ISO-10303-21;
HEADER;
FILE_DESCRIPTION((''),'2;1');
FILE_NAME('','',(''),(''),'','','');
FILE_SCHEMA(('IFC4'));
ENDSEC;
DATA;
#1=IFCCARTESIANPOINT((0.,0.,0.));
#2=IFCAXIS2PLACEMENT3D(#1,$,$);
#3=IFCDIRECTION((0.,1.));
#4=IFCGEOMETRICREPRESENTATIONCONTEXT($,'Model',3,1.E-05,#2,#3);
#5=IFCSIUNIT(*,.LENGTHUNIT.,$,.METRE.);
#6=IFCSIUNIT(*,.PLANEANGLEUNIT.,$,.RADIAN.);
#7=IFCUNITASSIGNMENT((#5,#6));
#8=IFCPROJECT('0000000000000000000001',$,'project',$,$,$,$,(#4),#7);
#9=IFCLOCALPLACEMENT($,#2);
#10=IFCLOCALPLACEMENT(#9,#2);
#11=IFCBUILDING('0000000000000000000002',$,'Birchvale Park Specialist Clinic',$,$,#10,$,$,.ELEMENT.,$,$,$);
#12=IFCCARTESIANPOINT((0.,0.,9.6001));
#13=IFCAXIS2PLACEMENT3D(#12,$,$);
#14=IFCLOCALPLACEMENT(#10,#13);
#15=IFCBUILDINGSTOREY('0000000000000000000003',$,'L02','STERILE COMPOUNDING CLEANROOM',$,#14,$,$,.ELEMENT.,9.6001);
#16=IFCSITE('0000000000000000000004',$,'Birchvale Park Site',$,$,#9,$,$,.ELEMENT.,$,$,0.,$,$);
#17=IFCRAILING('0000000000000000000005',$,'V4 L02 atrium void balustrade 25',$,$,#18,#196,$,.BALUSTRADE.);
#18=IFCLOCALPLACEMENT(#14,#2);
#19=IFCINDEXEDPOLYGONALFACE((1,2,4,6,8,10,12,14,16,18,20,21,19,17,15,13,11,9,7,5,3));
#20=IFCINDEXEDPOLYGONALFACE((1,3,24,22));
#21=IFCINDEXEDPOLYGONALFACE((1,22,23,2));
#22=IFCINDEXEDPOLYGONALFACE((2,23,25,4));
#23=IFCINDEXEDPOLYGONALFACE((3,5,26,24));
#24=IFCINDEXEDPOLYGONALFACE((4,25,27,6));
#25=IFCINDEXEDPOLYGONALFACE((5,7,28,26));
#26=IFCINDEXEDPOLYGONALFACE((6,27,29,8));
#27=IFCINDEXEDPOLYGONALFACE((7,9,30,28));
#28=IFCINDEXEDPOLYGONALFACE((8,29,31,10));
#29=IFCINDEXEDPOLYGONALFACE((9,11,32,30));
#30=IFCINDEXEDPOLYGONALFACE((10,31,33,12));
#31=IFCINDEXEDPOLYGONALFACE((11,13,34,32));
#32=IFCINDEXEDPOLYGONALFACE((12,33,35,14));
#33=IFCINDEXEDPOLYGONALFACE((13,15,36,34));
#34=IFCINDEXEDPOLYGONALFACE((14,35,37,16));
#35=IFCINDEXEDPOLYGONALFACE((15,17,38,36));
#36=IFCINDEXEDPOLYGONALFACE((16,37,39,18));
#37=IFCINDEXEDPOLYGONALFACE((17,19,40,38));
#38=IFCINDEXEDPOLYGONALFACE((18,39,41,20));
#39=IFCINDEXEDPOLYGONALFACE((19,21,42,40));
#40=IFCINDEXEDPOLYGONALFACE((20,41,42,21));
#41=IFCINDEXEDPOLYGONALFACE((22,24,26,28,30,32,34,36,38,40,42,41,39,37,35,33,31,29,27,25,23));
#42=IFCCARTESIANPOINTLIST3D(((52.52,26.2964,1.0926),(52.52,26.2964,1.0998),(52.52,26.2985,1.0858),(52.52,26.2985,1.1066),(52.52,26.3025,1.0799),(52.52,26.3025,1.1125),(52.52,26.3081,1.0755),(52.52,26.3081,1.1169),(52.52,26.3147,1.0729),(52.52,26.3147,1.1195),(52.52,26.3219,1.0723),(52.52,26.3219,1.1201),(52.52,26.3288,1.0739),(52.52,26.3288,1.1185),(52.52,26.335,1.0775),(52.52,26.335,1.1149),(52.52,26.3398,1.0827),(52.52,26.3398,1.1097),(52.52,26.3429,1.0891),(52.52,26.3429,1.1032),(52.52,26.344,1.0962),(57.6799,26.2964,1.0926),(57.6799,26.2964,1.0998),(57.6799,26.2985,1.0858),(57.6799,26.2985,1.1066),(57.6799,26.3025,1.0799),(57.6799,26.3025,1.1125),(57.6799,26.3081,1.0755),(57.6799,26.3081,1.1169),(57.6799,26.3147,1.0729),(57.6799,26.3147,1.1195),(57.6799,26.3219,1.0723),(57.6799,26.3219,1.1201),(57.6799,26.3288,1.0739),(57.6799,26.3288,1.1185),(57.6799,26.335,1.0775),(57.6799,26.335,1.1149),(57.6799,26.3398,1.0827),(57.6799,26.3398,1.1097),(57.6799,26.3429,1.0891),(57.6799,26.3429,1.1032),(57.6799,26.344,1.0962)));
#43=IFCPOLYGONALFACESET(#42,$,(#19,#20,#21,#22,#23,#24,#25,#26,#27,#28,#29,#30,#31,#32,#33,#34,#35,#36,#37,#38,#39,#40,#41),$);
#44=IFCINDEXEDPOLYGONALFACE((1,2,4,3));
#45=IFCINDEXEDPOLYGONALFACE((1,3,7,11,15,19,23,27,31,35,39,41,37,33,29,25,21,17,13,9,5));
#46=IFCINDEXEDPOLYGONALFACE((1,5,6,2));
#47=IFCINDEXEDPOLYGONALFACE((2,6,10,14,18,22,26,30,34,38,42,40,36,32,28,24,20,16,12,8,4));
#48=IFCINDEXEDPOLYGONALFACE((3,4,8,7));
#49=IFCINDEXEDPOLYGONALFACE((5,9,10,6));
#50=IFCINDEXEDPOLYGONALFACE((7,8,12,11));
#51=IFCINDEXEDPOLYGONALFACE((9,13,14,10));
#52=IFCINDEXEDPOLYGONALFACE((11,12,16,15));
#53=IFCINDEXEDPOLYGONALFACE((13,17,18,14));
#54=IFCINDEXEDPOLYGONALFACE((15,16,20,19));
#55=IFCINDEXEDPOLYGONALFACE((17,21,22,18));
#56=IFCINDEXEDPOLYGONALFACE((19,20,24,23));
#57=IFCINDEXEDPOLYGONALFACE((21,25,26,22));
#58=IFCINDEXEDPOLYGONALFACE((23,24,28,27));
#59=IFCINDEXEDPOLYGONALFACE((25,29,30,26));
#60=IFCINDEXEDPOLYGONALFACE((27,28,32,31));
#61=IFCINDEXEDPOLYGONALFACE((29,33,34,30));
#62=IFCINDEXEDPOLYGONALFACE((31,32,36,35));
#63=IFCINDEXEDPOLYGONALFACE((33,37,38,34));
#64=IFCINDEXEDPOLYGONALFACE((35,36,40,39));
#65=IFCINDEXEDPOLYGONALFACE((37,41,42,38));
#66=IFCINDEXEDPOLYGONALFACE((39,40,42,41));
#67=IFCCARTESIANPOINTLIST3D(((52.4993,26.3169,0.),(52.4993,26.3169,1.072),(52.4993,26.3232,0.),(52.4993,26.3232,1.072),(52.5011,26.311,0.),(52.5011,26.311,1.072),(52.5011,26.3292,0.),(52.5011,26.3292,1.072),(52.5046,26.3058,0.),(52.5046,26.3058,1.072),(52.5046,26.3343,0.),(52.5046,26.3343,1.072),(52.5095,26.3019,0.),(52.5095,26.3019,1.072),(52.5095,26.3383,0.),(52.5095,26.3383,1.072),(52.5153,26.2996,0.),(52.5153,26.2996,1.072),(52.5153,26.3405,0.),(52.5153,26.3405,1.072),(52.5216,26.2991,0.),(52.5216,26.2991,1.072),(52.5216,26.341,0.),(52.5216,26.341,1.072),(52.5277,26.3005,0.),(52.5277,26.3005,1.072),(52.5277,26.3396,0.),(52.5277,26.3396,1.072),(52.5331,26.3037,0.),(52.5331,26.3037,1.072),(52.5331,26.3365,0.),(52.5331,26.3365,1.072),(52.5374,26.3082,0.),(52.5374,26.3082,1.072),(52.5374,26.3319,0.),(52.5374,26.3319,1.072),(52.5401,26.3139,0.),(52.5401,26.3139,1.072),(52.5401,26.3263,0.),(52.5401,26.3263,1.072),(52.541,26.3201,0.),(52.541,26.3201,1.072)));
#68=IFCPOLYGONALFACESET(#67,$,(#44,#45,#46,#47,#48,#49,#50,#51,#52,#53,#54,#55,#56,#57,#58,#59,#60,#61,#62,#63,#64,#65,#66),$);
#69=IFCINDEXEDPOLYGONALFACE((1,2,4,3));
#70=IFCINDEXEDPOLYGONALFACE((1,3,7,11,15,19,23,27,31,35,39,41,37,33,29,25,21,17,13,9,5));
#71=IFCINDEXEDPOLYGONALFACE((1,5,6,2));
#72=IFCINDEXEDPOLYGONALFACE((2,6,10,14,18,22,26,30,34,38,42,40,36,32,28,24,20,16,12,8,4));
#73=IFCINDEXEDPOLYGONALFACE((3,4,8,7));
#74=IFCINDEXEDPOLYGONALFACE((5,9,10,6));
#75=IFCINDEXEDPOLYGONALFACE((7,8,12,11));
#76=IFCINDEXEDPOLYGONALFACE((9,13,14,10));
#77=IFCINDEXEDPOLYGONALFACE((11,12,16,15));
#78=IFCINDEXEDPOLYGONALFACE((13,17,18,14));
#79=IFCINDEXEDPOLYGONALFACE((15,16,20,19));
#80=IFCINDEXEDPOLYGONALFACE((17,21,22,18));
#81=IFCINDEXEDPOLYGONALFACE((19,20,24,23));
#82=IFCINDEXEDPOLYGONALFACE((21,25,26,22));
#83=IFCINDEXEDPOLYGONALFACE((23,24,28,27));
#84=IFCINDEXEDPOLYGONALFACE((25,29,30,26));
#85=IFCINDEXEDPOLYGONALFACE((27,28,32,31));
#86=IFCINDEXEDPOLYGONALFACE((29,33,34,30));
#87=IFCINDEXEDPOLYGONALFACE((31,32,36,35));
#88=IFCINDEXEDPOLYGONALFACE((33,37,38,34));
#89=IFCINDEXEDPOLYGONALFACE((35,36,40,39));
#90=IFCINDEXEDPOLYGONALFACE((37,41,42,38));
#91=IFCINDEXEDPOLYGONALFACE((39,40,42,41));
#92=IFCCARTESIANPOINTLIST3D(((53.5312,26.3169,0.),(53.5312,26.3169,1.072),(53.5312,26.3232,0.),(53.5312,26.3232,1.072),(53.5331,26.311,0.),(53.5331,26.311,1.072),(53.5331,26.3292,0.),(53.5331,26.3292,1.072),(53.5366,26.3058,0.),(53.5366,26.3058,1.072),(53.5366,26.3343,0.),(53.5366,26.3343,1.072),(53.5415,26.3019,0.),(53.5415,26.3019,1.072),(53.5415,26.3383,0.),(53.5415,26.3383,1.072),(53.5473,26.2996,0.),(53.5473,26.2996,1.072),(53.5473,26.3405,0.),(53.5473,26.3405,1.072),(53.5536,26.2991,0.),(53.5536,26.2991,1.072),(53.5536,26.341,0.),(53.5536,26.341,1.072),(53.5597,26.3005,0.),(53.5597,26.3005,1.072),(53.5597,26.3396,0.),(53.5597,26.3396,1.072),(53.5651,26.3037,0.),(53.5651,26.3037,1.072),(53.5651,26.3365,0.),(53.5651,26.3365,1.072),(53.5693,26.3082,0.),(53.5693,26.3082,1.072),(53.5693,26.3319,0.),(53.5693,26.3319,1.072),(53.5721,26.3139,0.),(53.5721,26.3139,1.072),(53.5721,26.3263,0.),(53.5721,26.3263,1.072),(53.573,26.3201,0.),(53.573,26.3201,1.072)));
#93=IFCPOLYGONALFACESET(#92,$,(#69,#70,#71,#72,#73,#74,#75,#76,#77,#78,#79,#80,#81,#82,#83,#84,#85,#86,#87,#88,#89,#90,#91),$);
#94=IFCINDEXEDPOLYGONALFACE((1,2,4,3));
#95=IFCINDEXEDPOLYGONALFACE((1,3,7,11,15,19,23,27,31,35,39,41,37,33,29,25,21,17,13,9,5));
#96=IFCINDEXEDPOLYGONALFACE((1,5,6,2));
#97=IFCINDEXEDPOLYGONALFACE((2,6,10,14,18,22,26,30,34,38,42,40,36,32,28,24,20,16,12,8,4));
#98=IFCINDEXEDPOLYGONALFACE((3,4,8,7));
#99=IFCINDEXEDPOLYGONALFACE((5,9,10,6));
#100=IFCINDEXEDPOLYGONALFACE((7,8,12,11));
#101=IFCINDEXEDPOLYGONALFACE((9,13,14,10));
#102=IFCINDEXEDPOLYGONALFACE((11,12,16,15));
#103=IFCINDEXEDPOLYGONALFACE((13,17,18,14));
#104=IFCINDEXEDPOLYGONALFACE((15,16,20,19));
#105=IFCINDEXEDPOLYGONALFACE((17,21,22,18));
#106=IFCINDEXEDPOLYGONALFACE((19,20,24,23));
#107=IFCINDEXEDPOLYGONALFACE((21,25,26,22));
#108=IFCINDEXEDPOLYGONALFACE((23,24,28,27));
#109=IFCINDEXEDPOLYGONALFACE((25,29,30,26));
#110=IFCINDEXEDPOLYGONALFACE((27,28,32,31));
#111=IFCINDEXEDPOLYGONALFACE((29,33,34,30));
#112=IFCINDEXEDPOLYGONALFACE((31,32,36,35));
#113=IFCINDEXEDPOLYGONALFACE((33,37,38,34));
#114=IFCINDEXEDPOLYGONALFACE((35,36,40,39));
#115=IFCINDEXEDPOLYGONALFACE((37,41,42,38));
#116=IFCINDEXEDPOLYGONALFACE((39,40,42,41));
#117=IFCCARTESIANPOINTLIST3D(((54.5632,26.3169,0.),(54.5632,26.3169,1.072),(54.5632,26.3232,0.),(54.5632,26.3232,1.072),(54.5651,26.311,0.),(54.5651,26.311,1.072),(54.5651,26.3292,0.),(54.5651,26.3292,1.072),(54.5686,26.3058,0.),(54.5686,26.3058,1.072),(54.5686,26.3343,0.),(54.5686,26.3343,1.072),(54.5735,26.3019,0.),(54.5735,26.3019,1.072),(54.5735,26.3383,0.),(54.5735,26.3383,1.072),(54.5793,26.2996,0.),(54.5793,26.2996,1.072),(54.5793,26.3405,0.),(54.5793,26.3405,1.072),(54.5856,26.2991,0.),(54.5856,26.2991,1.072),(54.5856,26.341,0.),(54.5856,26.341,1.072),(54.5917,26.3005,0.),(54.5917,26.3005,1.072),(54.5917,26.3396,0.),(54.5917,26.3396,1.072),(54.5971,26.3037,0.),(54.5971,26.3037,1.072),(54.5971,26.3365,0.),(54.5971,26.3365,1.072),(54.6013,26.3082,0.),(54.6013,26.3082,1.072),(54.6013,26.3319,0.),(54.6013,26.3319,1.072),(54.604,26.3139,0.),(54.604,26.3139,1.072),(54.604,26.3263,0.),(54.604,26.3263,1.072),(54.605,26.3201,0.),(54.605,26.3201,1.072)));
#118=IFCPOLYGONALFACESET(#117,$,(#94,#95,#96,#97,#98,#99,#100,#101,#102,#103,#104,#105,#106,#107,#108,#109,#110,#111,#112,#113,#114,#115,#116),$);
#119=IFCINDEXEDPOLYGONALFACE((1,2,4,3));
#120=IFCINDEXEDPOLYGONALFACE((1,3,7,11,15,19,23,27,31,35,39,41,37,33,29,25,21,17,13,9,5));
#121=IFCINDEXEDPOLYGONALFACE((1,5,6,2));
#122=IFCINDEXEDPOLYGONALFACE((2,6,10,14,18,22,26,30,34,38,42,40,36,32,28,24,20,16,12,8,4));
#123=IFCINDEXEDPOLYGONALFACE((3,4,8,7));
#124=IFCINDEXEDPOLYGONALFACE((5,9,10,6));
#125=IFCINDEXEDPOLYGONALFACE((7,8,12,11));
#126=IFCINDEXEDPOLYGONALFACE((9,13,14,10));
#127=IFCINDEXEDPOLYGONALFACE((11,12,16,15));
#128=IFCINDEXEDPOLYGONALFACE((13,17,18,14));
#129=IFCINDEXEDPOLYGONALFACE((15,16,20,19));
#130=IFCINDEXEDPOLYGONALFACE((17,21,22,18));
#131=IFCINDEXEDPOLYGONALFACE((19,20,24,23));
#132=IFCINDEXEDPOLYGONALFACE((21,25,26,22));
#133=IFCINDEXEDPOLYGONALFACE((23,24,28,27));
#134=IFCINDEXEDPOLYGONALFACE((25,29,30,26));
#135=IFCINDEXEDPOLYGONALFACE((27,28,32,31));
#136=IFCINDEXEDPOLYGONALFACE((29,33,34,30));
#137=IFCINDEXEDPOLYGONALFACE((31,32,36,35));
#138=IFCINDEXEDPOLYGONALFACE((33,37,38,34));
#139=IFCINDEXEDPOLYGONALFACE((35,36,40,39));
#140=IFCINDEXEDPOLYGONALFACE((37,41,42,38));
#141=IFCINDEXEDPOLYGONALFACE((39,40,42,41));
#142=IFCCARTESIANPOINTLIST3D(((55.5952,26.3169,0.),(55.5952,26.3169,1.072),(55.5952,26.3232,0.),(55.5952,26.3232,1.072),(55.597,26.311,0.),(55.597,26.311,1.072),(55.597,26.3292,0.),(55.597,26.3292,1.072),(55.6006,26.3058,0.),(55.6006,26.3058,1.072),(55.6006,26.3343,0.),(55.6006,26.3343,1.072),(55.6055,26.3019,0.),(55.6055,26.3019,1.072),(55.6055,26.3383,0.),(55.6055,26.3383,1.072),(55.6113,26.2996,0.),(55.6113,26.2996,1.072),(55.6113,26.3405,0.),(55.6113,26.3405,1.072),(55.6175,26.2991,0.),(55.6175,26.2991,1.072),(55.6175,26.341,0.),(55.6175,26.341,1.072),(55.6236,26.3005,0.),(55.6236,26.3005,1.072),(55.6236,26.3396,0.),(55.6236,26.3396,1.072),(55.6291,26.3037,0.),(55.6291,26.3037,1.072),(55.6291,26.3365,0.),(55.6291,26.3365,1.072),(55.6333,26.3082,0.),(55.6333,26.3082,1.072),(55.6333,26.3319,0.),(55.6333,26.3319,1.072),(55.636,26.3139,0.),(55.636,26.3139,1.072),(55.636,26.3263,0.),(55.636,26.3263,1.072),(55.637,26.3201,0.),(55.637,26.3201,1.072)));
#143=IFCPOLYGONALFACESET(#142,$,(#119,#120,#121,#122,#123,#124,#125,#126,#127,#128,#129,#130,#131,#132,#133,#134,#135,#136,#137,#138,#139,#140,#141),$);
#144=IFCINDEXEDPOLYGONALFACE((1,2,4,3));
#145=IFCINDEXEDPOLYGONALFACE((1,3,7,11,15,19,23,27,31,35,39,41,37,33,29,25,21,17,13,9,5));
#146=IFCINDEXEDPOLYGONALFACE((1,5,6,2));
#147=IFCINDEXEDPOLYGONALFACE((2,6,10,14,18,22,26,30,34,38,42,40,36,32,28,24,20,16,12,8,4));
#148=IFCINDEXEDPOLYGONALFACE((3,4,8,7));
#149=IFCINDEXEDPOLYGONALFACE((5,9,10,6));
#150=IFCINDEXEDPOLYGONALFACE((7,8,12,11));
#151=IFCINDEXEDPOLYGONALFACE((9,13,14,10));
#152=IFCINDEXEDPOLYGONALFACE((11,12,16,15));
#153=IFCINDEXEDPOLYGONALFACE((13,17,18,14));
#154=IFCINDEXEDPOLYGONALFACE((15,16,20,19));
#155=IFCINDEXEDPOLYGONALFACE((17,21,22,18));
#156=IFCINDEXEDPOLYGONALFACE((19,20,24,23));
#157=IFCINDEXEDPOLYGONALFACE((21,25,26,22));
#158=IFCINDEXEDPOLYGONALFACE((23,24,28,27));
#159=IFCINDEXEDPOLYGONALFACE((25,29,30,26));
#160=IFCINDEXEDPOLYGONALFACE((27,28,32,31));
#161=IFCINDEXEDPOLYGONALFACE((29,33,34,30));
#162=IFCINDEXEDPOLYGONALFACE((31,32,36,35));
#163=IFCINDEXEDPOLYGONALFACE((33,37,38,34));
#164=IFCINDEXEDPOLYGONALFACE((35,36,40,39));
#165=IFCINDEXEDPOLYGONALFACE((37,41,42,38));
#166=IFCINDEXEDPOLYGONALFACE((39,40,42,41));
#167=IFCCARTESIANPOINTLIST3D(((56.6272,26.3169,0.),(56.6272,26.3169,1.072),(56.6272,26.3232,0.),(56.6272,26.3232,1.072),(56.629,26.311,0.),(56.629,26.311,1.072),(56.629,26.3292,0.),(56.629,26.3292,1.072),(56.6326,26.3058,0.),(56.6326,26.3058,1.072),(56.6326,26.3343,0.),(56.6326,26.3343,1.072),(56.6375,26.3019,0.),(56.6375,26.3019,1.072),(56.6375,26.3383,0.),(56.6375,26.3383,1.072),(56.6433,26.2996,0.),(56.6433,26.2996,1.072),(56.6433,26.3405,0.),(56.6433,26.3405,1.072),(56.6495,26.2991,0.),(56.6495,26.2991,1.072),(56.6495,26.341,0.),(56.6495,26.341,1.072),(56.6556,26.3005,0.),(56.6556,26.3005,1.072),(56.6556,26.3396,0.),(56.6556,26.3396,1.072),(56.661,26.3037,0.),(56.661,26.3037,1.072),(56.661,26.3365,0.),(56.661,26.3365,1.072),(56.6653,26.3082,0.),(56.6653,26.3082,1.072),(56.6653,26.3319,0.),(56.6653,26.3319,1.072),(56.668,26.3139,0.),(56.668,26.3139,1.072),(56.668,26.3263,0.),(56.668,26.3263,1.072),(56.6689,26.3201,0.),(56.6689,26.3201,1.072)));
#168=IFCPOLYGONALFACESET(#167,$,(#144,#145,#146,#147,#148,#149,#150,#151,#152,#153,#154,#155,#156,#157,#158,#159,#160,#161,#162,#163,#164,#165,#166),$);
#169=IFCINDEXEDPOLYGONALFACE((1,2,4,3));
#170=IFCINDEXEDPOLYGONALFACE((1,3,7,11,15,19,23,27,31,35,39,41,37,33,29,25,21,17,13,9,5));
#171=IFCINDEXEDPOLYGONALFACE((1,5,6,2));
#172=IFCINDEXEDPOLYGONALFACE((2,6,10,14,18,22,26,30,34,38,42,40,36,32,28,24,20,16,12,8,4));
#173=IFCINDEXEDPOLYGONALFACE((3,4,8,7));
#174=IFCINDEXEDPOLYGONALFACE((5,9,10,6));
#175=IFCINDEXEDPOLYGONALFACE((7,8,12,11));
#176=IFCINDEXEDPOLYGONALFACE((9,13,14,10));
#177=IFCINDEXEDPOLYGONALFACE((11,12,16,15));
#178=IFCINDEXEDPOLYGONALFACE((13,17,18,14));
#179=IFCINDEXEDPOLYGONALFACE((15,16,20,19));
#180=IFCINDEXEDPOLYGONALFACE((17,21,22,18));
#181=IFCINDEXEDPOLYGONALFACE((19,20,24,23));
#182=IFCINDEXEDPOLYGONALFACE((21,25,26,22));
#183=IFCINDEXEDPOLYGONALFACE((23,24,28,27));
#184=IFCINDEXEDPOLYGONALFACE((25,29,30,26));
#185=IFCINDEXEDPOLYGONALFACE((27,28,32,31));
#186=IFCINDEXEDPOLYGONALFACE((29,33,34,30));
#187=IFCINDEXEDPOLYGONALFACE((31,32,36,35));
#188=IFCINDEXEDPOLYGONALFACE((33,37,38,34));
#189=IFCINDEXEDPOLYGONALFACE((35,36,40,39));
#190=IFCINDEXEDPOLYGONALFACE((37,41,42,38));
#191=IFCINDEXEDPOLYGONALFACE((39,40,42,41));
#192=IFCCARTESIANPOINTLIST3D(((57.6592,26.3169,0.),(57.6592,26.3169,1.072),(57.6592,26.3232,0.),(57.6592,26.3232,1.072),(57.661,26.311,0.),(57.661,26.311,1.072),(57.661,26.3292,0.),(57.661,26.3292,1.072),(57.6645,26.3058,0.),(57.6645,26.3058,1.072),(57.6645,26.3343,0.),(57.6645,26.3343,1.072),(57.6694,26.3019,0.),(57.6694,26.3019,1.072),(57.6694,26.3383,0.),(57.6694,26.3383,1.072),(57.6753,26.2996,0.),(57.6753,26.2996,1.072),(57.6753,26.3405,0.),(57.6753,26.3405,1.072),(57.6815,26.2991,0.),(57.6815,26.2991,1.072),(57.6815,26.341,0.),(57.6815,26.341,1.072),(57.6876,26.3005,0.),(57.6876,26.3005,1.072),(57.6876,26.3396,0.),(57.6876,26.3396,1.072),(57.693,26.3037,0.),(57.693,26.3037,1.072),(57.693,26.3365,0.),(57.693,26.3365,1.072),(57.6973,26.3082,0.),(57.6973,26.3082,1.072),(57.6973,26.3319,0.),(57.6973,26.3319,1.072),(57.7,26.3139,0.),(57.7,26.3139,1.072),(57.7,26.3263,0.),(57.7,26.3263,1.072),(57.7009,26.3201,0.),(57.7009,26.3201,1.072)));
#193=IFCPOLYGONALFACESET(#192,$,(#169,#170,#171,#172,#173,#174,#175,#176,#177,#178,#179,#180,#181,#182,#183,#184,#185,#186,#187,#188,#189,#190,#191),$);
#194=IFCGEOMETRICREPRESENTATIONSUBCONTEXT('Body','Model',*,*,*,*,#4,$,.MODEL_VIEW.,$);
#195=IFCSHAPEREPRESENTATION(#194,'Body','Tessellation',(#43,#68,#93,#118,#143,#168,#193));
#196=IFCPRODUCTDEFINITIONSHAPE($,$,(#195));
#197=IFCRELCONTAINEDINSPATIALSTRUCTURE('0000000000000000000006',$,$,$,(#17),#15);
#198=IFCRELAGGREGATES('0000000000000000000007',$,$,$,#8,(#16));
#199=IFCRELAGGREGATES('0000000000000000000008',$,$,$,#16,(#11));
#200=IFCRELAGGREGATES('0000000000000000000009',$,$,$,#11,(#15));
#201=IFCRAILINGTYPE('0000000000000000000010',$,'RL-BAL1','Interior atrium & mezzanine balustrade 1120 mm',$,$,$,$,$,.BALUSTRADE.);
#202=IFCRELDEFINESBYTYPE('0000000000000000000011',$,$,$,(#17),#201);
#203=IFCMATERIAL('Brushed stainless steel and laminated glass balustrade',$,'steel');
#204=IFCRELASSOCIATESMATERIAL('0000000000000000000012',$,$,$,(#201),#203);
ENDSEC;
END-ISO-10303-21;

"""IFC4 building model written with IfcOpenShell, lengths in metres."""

from ifc_helpers import new_model, si_unit, direction, frame, origin, origin_2d, place, context, subcontext, project, spatial, circle, extrude, material, type_object, element, save


model = new_model("IFC4")

# Units and contexts
model_context = context("Model", 3, precision=1e-05, world=origin(), true_north=direction((0.0, 1.0)))
body_context = subcontext(model_context, "Body", "Model", "MODEL_VIEW")
ifc_project = project(units=[si_unit("LENGTHUNIT", "METRE"), si_unit("PLANEANGLEUNIT", "RADIAN")], contexts=[model_context])

# Site, building, storey
site_placement = place(None, origin())
site = spatial("IfcSite", under=ifc_project, at=site_placement, Name="Birchvale Park Site", CompositionType="ELEMENT", RefElevation=0.0)
building_placement = place(site_placement, origin())
building = spatial("IfcBuilding", under=site, at=building_placement, Name="Birchvale Park Specialist Clinic", CompositionType="ELEMENT")
storey_placement = place(building_placement, frame((0.0, 0.0, 9.6001)))
storey = spatial("IfcBuildingStorey", under=building, at=storey_placement, Name="L02", Description="STERILE COMPOUNDING CLEANROOM", CompositionType="ELEMENT", Elevation=9.6001)

# Railing
ifc_material_1 = material(Name="Brushed stainless steel and laminated glass balustrade", Category="steel")
railing_type_1 = type_object("IfcRailingType", Name="RL-BAL1", Description="Interior atrium & mezzanine balustrade 1120 mm", PredefinedType="BALUSTRADE", material=ifc_material_1)
railing_1_placement = place(storey_placement, frame((52.52, 26.3201, 0.0)))
element("IfcRailing", 1, at=railing_1_placement, inside=storey, type_object=railing_type_1, Name="V4 L02 atrium void balustrade 25", PredefinedType="BALUSTRADE", context=body_context, shape_type="SweptSolid", body=[
    extrude(circle(Radius=0.0239, at=origin_2d()), frame((0.0, 0.0, 1.0962), z_axis=(1.0, 0.0, 0.0), x_axis=(0.0, 1.0, 0.0)), (0.0, 0.0, 1.0), 5.1599),
    extrude(circle(Radius=0.021, at=origin_2d()), origin(), (0.0, 0.0, 1.0), 1.072),
    extrude(circle(Radius=0.021, at=origin_2d()), frame((1.032, 0.0, 0.0)), (0.0, 0.0, 1.0), 1.072),
    extrude(circle(Radius=0.021, at=origin_2d()), frame((2.064, 0.0, 0.0)), (0.0, 0.0, 1.0), 1.072),
    extrude(circle(Radius=0.021, at=origin_2d()), frame((3.0959, 0.0, 0.0)), (0.0, 0.0, 1.0), 1.072),
    extrude(circle(Radius=0.021, at=origin_2d()), frame((4.1279, 0.0, 0.0)), (0.0, 0.0, 1.0), 1.072),
    extrude(circle(Radius=0.021, at=origin_2d()), frame((5.1599, 0.0, 0.0)), (0.0, 0.0, 1.0), 1.072),
])

save(model, "model.ifc")
